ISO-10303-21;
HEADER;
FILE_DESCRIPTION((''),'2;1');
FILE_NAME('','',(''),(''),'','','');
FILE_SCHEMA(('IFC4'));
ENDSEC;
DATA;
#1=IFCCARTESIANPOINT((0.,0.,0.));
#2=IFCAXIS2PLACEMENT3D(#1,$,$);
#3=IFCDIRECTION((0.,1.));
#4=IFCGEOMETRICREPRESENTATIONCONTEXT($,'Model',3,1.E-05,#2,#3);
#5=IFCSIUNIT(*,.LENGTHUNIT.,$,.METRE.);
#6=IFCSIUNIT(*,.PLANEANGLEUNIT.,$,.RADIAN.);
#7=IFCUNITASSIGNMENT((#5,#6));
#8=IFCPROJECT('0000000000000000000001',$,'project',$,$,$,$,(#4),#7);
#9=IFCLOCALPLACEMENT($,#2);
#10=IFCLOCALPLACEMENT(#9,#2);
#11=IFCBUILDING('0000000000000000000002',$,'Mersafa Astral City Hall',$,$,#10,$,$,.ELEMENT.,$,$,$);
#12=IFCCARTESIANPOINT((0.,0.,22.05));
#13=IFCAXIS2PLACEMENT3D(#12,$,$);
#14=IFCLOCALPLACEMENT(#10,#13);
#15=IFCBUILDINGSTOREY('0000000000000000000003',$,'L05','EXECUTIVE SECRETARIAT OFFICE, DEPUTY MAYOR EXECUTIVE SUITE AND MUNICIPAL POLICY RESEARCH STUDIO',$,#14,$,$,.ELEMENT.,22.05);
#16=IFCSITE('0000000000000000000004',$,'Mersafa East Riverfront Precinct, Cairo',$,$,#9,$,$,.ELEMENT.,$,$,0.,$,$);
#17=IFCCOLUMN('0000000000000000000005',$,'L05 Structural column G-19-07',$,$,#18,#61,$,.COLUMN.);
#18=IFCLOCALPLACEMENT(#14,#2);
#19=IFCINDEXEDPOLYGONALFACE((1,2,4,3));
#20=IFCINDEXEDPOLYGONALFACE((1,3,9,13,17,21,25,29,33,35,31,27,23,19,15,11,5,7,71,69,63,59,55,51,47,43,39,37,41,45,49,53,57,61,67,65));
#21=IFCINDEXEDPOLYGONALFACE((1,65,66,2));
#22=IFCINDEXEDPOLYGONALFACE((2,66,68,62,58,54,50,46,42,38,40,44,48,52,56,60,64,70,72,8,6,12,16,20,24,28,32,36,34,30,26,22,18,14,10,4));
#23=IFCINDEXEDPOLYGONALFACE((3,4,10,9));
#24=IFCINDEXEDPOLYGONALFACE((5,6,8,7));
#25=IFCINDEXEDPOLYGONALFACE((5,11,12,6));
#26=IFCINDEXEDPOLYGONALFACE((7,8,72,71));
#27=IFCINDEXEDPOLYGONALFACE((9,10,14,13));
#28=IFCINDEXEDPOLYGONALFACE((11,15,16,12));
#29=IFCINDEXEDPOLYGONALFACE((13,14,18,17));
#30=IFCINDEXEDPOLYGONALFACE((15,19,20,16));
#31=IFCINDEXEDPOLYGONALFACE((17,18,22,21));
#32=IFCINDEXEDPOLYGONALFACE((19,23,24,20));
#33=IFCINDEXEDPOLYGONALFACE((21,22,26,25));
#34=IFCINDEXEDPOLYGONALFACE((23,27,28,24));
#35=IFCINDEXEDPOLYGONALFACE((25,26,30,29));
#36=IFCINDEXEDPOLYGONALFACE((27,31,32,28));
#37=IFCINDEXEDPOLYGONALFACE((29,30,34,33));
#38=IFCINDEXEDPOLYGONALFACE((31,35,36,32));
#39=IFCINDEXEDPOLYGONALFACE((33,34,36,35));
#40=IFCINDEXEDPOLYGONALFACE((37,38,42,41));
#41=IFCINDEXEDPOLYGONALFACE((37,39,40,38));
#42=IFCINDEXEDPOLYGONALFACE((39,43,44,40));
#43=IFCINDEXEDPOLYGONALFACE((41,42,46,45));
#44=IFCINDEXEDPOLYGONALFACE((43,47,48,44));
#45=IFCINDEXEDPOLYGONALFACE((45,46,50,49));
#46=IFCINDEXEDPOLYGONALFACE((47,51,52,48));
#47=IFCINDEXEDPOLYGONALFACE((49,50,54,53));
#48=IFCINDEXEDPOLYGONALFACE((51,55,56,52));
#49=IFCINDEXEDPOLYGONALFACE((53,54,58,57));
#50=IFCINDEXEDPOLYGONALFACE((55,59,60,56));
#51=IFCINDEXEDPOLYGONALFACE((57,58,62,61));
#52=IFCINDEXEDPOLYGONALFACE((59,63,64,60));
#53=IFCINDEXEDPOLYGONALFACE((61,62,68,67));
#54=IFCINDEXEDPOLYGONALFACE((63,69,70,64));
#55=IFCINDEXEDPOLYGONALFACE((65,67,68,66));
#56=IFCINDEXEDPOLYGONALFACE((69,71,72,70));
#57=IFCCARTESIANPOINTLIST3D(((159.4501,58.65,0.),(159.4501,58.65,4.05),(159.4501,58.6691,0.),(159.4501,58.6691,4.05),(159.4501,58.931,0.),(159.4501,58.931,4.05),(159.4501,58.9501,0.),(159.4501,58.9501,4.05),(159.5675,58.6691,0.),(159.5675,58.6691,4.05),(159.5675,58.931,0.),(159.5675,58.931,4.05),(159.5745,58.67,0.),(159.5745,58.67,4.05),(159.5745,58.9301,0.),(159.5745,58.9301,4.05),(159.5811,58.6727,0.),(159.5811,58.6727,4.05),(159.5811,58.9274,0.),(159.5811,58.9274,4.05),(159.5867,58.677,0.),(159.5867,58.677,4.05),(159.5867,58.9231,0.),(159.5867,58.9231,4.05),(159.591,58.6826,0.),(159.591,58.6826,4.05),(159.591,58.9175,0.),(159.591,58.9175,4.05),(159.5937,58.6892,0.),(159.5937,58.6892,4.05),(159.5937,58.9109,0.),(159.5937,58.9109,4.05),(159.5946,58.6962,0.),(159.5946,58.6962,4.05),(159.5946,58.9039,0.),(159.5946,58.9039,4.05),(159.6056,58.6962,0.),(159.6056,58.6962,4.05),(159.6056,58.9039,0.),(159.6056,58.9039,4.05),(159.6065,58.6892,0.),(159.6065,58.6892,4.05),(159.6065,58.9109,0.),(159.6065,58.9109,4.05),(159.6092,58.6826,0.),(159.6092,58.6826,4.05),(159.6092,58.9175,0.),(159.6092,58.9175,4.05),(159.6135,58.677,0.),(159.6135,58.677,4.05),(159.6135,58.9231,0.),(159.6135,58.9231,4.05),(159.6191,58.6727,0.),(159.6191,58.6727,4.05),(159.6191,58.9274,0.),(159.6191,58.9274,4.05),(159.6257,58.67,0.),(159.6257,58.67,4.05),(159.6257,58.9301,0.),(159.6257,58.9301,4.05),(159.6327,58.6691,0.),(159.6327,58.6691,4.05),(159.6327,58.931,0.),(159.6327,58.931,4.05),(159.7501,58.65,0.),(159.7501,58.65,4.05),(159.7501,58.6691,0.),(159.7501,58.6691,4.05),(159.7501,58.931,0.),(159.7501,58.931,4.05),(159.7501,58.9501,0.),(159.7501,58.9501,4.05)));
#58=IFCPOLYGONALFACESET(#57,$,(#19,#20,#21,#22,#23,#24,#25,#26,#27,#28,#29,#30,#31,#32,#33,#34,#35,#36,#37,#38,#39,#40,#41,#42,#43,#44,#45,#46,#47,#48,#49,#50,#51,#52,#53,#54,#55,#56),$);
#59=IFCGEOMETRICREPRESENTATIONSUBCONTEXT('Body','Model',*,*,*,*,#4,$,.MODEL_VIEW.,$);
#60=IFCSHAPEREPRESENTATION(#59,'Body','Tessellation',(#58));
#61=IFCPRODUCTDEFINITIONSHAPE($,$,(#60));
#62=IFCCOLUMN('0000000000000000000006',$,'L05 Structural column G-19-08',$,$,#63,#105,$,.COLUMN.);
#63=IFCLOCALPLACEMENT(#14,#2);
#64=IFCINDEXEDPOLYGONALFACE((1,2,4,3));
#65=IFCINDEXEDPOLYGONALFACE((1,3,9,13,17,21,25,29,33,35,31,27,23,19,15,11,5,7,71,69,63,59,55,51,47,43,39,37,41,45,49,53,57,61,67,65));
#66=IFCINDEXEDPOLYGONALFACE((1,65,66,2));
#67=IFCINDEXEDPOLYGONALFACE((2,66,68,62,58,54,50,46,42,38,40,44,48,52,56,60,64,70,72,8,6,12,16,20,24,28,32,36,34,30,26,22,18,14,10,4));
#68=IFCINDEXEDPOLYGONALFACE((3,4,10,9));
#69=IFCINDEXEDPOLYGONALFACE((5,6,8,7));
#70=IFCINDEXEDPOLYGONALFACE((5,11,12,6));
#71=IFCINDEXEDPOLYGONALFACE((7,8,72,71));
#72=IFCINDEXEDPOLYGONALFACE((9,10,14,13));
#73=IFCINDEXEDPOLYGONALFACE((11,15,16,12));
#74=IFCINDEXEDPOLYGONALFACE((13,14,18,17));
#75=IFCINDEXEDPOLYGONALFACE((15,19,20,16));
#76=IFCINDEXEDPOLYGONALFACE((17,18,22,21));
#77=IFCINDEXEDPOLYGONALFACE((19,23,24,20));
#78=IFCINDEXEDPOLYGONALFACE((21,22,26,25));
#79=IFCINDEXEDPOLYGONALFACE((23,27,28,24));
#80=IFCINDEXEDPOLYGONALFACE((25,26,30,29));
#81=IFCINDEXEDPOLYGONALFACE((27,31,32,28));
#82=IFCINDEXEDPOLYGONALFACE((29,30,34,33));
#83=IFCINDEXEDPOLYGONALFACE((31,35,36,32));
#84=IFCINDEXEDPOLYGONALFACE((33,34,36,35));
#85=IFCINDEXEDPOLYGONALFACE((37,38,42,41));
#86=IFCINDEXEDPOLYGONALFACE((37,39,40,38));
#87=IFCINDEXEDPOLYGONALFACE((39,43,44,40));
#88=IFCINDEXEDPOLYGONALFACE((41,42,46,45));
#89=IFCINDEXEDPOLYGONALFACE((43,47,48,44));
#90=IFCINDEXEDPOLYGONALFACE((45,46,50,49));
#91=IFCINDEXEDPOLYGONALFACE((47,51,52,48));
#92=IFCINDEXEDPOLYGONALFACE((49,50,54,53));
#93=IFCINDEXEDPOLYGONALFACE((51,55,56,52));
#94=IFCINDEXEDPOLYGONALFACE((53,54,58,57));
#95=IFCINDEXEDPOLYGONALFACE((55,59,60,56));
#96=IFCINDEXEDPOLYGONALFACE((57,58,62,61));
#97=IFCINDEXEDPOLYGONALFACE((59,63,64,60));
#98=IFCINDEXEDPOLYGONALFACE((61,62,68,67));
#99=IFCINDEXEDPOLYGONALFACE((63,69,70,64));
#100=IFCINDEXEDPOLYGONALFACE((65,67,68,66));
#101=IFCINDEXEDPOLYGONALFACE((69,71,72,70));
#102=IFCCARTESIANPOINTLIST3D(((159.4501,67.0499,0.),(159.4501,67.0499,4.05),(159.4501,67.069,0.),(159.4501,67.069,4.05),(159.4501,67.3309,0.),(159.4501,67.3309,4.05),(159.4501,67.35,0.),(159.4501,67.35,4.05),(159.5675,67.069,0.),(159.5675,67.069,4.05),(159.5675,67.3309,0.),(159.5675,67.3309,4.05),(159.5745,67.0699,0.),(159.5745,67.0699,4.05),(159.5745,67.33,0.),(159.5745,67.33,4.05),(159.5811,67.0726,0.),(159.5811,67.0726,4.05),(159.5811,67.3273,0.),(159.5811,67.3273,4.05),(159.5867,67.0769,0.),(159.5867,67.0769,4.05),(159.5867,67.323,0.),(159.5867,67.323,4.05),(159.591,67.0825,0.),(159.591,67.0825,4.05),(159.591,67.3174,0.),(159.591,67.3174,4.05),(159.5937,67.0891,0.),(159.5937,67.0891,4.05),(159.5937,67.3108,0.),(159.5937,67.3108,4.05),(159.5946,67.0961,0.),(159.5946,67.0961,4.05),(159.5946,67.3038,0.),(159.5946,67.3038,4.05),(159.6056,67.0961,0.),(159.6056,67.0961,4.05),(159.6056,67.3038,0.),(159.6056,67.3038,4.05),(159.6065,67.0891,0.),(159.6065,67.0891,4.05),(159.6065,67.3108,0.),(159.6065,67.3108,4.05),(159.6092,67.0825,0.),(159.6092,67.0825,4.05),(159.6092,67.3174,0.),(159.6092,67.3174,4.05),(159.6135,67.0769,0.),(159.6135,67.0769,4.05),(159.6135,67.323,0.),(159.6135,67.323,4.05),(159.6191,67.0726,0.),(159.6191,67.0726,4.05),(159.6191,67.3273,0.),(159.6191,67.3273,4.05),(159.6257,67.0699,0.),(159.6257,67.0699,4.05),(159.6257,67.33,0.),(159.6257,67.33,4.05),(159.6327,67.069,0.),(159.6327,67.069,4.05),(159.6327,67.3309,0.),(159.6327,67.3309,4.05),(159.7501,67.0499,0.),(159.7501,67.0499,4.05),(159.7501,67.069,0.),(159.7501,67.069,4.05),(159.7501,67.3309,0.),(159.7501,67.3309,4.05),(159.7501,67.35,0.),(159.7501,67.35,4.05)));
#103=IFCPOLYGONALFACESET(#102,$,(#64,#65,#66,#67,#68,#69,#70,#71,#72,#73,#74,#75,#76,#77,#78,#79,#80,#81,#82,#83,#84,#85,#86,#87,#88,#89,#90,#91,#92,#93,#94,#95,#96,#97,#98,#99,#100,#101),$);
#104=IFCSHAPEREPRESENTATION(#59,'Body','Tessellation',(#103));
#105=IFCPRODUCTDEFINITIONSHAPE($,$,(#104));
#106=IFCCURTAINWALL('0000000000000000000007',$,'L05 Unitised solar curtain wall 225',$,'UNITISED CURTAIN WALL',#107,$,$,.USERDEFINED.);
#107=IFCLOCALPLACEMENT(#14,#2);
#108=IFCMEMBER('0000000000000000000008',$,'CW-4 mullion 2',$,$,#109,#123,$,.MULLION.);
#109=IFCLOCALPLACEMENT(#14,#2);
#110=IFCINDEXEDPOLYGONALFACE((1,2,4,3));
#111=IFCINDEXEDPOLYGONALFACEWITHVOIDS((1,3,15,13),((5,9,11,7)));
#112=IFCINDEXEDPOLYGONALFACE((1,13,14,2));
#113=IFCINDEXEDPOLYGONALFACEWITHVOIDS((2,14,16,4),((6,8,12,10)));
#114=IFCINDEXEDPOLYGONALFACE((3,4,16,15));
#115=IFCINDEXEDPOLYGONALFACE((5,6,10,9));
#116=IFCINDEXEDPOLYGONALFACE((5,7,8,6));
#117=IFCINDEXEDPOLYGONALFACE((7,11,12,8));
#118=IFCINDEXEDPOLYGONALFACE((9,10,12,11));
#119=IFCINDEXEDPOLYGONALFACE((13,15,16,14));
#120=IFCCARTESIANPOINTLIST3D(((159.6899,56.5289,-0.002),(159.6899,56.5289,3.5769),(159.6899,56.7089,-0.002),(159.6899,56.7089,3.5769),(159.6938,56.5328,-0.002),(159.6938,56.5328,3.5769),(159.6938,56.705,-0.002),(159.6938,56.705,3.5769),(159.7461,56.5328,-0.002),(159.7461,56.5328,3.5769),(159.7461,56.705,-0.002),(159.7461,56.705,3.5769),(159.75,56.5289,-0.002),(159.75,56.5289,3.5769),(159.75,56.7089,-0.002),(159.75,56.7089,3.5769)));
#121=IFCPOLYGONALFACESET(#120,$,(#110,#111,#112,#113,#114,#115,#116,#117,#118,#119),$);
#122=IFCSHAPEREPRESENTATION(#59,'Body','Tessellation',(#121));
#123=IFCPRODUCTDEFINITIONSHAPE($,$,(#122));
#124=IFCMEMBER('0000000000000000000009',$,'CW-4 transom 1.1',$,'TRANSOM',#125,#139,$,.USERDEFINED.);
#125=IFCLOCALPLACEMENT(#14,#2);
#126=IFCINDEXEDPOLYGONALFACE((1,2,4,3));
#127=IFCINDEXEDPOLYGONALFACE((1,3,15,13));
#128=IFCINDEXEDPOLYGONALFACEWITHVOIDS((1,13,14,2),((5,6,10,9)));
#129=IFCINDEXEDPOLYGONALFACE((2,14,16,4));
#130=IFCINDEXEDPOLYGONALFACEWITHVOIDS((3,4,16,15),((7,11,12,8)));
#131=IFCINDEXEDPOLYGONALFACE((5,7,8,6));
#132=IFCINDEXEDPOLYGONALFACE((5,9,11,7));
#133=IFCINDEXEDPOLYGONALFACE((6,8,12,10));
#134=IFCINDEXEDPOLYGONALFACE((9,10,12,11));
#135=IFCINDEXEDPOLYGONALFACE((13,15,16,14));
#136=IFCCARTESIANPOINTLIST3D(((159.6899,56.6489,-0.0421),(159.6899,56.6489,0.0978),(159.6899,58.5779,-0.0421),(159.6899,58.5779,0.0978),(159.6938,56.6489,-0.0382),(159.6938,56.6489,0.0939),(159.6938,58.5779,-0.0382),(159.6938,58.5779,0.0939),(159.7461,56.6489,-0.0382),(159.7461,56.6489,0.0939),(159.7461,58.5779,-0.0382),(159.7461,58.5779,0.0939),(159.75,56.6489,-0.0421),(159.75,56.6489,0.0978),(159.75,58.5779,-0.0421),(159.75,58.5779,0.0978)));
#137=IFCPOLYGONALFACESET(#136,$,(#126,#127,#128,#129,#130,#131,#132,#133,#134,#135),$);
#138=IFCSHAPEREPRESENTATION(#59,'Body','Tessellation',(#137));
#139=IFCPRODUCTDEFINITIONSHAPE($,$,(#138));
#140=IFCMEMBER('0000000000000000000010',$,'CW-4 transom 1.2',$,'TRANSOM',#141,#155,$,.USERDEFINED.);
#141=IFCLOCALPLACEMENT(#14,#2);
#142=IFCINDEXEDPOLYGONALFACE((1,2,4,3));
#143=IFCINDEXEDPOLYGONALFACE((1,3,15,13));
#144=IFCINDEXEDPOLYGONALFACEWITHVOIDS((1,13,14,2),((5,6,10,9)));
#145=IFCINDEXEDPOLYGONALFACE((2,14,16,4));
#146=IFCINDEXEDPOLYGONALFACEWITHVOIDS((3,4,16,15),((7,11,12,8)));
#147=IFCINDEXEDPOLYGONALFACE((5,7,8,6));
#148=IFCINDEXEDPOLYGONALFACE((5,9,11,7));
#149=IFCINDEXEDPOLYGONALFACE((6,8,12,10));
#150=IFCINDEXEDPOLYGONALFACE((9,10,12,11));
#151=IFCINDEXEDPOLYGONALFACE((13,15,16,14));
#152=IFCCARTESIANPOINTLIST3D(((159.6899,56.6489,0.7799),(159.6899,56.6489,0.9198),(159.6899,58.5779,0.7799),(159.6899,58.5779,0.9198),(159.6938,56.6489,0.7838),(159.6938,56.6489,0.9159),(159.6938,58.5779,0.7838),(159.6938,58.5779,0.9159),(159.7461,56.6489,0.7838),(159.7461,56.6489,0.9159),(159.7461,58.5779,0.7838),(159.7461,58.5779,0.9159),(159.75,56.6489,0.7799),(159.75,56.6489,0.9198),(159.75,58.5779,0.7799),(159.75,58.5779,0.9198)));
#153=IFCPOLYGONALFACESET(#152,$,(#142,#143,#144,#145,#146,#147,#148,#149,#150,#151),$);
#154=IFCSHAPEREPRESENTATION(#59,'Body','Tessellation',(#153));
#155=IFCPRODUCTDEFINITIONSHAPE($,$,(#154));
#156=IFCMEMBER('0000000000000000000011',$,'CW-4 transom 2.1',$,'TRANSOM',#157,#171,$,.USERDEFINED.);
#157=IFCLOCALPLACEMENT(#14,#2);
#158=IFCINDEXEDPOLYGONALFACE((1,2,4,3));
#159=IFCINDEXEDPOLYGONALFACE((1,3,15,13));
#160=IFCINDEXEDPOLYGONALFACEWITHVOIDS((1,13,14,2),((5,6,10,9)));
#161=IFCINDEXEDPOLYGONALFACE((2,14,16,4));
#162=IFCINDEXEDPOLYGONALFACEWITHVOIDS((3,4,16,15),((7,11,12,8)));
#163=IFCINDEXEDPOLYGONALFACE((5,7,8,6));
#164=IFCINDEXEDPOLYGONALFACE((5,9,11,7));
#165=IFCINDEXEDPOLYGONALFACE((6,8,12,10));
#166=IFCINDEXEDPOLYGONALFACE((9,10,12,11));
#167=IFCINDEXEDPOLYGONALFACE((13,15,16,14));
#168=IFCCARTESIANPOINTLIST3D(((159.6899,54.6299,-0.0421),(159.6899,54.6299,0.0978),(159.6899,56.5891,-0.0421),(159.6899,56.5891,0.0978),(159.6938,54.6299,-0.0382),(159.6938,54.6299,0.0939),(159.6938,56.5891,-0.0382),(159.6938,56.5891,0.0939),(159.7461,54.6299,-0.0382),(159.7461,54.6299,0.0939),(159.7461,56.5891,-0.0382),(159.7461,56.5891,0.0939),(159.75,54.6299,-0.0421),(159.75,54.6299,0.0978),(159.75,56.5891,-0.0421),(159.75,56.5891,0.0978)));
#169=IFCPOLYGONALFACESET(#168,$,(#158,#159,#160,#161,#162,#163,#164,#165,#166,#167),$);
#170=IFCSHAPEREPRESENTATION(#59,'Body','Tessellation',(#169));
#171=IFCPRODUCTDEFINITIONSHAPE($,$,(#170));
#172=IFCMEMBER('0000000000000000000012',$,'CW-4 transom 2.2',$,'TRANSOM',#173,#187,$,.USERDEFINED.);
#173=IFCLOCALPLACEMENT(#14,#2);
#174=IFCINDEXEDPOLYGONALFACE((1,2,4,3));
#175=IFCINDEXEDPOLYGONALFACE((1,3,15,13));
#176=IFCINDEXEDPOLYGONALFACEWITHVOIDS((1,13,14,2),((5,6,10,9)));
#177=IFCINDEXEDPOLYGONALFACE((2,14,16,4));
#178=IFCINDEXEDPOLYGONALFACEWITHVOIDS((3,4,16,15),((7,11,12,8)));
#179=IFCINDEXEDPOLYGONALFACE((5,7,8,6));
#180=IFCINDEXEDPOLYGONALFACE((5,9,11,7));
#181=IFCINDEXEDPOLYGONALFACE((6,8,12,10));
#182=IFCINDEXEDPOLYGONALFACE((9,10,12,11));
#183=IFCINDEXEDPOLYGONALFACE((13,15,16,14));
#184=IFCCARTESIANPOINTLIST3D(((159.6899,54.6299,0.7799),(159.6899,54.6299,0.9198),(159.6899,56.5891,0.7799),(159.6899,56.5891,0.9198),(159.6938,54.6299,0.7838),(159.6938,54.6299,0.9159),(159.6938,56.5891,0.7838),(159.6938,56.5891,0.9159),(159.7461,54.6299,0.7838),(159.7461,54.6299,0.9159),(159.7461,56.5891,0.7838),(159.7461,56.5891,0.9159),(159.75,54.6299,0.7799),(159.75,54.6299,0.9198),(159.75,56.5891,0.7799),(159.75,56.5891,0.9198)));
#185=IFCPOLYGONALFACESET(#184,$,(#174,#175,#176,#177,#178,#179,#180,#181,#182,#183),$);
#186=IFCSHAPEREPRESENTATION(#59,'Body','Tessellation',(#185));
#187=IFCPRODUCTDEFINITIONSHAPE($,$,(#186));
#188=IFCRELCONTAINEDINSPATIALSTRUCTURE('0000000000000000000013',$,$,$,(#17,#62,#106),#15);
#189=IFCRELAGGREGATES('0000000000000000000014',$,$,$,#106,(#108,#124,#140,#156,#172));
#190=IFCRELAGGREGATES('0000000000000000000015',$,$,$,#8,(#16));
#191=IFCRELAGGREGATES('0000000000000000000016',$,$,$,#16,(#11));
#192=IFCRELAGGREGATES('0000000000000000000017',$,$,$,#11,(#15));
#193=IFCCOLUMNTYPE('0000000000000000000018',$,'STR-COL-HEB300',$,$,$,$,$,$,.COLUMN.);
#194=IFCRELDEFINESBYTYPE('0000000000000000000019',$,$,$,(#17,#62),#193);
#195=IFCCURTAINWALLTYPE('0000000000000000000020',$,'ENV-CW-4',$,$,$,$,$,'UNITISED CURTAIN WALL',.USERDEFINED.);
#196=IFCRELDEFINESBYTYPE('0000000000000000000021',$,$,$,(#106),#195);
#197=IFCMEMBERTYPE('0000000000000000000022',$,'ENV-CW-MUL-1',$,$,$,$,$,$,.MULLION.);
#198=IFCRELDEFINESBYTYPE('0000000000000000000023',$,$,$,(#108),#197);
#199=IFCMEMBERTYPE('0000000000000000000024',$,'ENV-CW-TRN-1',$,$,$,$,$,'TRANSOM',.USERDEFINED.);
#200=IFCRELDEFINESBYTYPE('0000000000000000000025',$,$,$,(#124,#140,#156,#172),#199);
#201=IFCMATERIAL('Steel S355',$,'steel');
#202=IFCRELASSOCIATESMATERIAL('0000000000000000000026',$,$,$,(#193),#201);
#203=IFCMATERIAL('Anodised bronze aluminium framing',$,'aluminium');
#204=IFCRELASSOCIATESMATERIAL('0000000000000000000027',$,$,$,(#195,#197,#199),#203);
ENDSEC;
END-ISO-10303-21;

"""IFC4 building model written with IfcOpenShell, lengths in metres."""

from ifc_helpers import new_model, si_unit, direction, frame, origin, origin_2d, place, context, subcontext, project, spatial, hollow_rectangle, i_section, extrude, material, material_profile, profile_set, type_object, element, aggregate, save


model = new_model("IFC4")

# Units and contexts
model_context = context("Model", 3, precision=1e-05, world=origin(), true_north=direction((0.0, 1.0)))
body_context = subcontext(model_context, "Body", "Model", "MODEL_VIEW")
ifc_project = project(units=[si_unit("LENGTHUNIT", "METRE"), si_unit("PLANEANGLEUNIT", "RADIAN")], contexts=[model_context])

# Site, building, storey
site_placement = place(None, origin())
site = spatial("IfcSite", under=ifc_project, at=site_placement, Name="Mersafa East Riverfront Precinct, Cairo", CompositionType="ELEMENT", RefElevation=0.0)
building_placement = place(site_placement, origin())
building = spatial("IfcBuilding", under=site, at=building_placement, Name="Mersafa Astral City Hall", CompositionType="ELEMENT")
storey_placement = place(building_placement, frame((0.0, 0.0, 22.05)))
storey = spatial("IfcBuildingStorey", under=building, at=storey_placement, Name="L05", Description="EXECUTIVE SECRETARIAT OFFICE, DEPUTY MAYOR EXECUTIVE SUITE AND MUNICIPAL POLICY RESEARCH STUDIO", CompositionType="ELEMENT", Elevation=22.05)

# Columns
ifc_material_1 = material(Name="Steel S355", Category="steel")
ifc_material_profile_1 = material_profile(ifc_material_1, i_section(OverallWidth=0.3, OverallDepth=0.3, WebThickness=0.011, FlangeThickness=0.019, FilletRadius=0.0271, at=origin_2d()), Name="HEB 300")
ifc_profile_set_1 = profile_set([ifc_material_profile_1], Name="Steel S355")
column_type = type_object("IfcColumnType", Name="STR-COL-HEB300", PredefinedType="COLUMN", material=ifc_profile_set_1)
for number, where, z_axis, x_axis, name in (
    (1, (159.6001, 58.8, 0.0), (0.0, 0.0, 1.0), (1.0, 0.0, 0.0), "L05 Structural column G-19-07"),
    (2, (159.6001, 67.2, 0.0), (0.0, 0.0, 1.0), (1.0, 0.0, 0.0), "L05 Structural column G-19-08"),
):
    element("IfcColumn", number, at=place(storey_placement, frame(where, z_axis=z_axis, x_axis=x_axis)), inside=storey, type_object=column_type, Name=name, PredefinedType="COLUMN", context=body_context, shape_type="SweptSolid", body=[
        extrude(i_section(OverallWidth=0.3, OverallDepth=0.3, WebThickness=0.011, FlangeThickness=0.019, FilletRadius=0.0271, at=origin_2d()), origin(), (0.0, 0.0, 1.0), 4.05),
    ])

# Curtain wall, members
ifc_material_2 = material(Name="Anodised bronze aluminium framing", Category="aluminium")
curtain_wall_type = type_object("IfcCurtainWallType", Name="ENV-CW-4", ElementType="UNITISED CURTAIN WALL", PredefinedType="USERDEFINED", material=ifc_material_2)
curtain_wall_placement = place(storey_placement, origin())
curtain_wall = element("IfcCurtainWall", 3, at=curtain_wall_placement, inside=storey, type_object=curtain_wall_type, Name="L05 Unitised solar curtain wall 225", ObjectType="UNITISED CURTAIN WALL", PredefinedType="USERDEFINED")
ifc_material_profile_2 = material_profile(ifc_material_2, hollow_rectangle(XDim=0.0601, YDim=0.1799, WallThickness=0.0039, at=origin_2d()), Name="RHS 60x180x4")
ifc_profile_set_2 = profile_set([ifc_material_profile_2], Name="Anodised bronze aluminium framing")
member_type_1 = type_object("IfcMemberType", Name="ENV-CW-MUL-1", PredefinedType="MULLION", material=ifc_profile_set_2)
member_1_placement = place(storey_placement, frame((159.72, 56.6189, -0.002), z_axis=(0.0, 0.0, 1.0), x_axis=(1.0, 0.0, 0.0)))
member_1 = element("IfcMember", 4, at=member_1_placement, type_object=member_type_1, Name="CW-4 mullion 2", PredefinedType="MULLION", context=body_context, shape_type="SweptSolid", body=[
    extrude(hollow_rectangle(XDim=0.0601, YDim=0.1799, WallThickness=0.0039, at=origin_2d()), origin(), (0.0, 0.0, 1.0), 3.5789),
])
ifc_material_profile_3 = material_profile(ifc_material_2, hollow_rectangle(XDim=0.0601, YDim=0.1399, WallThickness=0.0039, at=origin_2d()), Name="RHS 60x140x4")
ifc_profile_set_3 = profile_set([ifc_material_profile_3], Name="Anodised bronze aluminium framing")
member_type_2 = type_object("IfcMemberType", Name="ENV-CW-TRN-1", ElementType="TRANSOM", PredefinedType="USERDEFINED", material=ifc_profile_set_3)
member_2_placement = place(storey_placement, frame((159.72, 58.5779, 0.0278), z_axis=(0.0, -1.0, 0.0), x_axis=(1.0, 0.0, 0.0)))
member_2 = element("IfcMember", 5, at=member_2_placement, type_object=member_type_2, Name="CW-4 transom 1.1", ObjectType="TRANSOM", PredefinedType="USERDEFINED", context=body_context, shape_type="SweptSolid", body=[
    extrude(hollow_rectangle(XDim=0.0601, YDim=0.1399, WallThickness=0.0039, at=origin_2d()), origin(), (0.0, 0.0, 1.0), 1.929),
])
member_3_placement = place(storey_placement, frame((159.72, 58.5779, 0.8499), z_axis=(0.0, -1.0, 0.0), x_axis=(1.0, 0.0, 0.0)))
member_3 = element("IfcMember", 6, at=member_3_placement, type_object=member_type_2, Name="CW-4 transom 1.2", ObjectType="TRANSOM", PredefinedType="USERDEFINED", context=body_context, shape_type="SweptSolid", body=[
    extrude(hollow_rectangle(XDim=0.0601, YDim=0.1399, WallThickness=0.0039, at=origin_2d()), origin(), (0.0, 0.0, 1.0), 1.929),
])
member_4_placement = place(storey_placement, frame((159.72, 56.5891, 0.0278), z_axis=(0.0, -1.0, 0.0), x_axis=(1.0, 0.0, 0.0)))
member_4 = element("IfcMember", 7, at=member_4_placement, type_object=member_type_2, Name="CW-4 transom 2.1", ObjectType="TRANSOM", PredefinedType="USERDEFINED", context=body_context, shape_type="SweptSolid", body=[
    extrude(hollow_rectangle(XDim=0.0601, YDim=0.1399, WallThickness=0.0039, at=origin_2d()), origin(), (0.0, 0.0, 1.0), 1.9592),
])
member_5_placement = place(storey_placement, frame((159.72, 56.5891, 0.8499), z_axis=(0.0, -1.0, 0.0), x_axis=(1.0, 0.0, 0.0)))
member_5 = element("IfcMember", 8, at=member_5_placement, type_object=member_type_2, Name="CW-4 transom 2.2", ObjectType="TRANSOM", PredefinedType="USERDEFINED", context=body_context, shape_type="SweptSolid", body=[
    extrude(hollow_rectangle(XDim=0.0601, YDim=0.1399, WallThickness=0.0039, at=origin_2d()), origin(), (0.0, 0.0, 1.0), 1.9592),
])

aggregate(curtain_wall, [member_1, member_2, member_3, member_4, member_5])

save(model, "model.ifc")
